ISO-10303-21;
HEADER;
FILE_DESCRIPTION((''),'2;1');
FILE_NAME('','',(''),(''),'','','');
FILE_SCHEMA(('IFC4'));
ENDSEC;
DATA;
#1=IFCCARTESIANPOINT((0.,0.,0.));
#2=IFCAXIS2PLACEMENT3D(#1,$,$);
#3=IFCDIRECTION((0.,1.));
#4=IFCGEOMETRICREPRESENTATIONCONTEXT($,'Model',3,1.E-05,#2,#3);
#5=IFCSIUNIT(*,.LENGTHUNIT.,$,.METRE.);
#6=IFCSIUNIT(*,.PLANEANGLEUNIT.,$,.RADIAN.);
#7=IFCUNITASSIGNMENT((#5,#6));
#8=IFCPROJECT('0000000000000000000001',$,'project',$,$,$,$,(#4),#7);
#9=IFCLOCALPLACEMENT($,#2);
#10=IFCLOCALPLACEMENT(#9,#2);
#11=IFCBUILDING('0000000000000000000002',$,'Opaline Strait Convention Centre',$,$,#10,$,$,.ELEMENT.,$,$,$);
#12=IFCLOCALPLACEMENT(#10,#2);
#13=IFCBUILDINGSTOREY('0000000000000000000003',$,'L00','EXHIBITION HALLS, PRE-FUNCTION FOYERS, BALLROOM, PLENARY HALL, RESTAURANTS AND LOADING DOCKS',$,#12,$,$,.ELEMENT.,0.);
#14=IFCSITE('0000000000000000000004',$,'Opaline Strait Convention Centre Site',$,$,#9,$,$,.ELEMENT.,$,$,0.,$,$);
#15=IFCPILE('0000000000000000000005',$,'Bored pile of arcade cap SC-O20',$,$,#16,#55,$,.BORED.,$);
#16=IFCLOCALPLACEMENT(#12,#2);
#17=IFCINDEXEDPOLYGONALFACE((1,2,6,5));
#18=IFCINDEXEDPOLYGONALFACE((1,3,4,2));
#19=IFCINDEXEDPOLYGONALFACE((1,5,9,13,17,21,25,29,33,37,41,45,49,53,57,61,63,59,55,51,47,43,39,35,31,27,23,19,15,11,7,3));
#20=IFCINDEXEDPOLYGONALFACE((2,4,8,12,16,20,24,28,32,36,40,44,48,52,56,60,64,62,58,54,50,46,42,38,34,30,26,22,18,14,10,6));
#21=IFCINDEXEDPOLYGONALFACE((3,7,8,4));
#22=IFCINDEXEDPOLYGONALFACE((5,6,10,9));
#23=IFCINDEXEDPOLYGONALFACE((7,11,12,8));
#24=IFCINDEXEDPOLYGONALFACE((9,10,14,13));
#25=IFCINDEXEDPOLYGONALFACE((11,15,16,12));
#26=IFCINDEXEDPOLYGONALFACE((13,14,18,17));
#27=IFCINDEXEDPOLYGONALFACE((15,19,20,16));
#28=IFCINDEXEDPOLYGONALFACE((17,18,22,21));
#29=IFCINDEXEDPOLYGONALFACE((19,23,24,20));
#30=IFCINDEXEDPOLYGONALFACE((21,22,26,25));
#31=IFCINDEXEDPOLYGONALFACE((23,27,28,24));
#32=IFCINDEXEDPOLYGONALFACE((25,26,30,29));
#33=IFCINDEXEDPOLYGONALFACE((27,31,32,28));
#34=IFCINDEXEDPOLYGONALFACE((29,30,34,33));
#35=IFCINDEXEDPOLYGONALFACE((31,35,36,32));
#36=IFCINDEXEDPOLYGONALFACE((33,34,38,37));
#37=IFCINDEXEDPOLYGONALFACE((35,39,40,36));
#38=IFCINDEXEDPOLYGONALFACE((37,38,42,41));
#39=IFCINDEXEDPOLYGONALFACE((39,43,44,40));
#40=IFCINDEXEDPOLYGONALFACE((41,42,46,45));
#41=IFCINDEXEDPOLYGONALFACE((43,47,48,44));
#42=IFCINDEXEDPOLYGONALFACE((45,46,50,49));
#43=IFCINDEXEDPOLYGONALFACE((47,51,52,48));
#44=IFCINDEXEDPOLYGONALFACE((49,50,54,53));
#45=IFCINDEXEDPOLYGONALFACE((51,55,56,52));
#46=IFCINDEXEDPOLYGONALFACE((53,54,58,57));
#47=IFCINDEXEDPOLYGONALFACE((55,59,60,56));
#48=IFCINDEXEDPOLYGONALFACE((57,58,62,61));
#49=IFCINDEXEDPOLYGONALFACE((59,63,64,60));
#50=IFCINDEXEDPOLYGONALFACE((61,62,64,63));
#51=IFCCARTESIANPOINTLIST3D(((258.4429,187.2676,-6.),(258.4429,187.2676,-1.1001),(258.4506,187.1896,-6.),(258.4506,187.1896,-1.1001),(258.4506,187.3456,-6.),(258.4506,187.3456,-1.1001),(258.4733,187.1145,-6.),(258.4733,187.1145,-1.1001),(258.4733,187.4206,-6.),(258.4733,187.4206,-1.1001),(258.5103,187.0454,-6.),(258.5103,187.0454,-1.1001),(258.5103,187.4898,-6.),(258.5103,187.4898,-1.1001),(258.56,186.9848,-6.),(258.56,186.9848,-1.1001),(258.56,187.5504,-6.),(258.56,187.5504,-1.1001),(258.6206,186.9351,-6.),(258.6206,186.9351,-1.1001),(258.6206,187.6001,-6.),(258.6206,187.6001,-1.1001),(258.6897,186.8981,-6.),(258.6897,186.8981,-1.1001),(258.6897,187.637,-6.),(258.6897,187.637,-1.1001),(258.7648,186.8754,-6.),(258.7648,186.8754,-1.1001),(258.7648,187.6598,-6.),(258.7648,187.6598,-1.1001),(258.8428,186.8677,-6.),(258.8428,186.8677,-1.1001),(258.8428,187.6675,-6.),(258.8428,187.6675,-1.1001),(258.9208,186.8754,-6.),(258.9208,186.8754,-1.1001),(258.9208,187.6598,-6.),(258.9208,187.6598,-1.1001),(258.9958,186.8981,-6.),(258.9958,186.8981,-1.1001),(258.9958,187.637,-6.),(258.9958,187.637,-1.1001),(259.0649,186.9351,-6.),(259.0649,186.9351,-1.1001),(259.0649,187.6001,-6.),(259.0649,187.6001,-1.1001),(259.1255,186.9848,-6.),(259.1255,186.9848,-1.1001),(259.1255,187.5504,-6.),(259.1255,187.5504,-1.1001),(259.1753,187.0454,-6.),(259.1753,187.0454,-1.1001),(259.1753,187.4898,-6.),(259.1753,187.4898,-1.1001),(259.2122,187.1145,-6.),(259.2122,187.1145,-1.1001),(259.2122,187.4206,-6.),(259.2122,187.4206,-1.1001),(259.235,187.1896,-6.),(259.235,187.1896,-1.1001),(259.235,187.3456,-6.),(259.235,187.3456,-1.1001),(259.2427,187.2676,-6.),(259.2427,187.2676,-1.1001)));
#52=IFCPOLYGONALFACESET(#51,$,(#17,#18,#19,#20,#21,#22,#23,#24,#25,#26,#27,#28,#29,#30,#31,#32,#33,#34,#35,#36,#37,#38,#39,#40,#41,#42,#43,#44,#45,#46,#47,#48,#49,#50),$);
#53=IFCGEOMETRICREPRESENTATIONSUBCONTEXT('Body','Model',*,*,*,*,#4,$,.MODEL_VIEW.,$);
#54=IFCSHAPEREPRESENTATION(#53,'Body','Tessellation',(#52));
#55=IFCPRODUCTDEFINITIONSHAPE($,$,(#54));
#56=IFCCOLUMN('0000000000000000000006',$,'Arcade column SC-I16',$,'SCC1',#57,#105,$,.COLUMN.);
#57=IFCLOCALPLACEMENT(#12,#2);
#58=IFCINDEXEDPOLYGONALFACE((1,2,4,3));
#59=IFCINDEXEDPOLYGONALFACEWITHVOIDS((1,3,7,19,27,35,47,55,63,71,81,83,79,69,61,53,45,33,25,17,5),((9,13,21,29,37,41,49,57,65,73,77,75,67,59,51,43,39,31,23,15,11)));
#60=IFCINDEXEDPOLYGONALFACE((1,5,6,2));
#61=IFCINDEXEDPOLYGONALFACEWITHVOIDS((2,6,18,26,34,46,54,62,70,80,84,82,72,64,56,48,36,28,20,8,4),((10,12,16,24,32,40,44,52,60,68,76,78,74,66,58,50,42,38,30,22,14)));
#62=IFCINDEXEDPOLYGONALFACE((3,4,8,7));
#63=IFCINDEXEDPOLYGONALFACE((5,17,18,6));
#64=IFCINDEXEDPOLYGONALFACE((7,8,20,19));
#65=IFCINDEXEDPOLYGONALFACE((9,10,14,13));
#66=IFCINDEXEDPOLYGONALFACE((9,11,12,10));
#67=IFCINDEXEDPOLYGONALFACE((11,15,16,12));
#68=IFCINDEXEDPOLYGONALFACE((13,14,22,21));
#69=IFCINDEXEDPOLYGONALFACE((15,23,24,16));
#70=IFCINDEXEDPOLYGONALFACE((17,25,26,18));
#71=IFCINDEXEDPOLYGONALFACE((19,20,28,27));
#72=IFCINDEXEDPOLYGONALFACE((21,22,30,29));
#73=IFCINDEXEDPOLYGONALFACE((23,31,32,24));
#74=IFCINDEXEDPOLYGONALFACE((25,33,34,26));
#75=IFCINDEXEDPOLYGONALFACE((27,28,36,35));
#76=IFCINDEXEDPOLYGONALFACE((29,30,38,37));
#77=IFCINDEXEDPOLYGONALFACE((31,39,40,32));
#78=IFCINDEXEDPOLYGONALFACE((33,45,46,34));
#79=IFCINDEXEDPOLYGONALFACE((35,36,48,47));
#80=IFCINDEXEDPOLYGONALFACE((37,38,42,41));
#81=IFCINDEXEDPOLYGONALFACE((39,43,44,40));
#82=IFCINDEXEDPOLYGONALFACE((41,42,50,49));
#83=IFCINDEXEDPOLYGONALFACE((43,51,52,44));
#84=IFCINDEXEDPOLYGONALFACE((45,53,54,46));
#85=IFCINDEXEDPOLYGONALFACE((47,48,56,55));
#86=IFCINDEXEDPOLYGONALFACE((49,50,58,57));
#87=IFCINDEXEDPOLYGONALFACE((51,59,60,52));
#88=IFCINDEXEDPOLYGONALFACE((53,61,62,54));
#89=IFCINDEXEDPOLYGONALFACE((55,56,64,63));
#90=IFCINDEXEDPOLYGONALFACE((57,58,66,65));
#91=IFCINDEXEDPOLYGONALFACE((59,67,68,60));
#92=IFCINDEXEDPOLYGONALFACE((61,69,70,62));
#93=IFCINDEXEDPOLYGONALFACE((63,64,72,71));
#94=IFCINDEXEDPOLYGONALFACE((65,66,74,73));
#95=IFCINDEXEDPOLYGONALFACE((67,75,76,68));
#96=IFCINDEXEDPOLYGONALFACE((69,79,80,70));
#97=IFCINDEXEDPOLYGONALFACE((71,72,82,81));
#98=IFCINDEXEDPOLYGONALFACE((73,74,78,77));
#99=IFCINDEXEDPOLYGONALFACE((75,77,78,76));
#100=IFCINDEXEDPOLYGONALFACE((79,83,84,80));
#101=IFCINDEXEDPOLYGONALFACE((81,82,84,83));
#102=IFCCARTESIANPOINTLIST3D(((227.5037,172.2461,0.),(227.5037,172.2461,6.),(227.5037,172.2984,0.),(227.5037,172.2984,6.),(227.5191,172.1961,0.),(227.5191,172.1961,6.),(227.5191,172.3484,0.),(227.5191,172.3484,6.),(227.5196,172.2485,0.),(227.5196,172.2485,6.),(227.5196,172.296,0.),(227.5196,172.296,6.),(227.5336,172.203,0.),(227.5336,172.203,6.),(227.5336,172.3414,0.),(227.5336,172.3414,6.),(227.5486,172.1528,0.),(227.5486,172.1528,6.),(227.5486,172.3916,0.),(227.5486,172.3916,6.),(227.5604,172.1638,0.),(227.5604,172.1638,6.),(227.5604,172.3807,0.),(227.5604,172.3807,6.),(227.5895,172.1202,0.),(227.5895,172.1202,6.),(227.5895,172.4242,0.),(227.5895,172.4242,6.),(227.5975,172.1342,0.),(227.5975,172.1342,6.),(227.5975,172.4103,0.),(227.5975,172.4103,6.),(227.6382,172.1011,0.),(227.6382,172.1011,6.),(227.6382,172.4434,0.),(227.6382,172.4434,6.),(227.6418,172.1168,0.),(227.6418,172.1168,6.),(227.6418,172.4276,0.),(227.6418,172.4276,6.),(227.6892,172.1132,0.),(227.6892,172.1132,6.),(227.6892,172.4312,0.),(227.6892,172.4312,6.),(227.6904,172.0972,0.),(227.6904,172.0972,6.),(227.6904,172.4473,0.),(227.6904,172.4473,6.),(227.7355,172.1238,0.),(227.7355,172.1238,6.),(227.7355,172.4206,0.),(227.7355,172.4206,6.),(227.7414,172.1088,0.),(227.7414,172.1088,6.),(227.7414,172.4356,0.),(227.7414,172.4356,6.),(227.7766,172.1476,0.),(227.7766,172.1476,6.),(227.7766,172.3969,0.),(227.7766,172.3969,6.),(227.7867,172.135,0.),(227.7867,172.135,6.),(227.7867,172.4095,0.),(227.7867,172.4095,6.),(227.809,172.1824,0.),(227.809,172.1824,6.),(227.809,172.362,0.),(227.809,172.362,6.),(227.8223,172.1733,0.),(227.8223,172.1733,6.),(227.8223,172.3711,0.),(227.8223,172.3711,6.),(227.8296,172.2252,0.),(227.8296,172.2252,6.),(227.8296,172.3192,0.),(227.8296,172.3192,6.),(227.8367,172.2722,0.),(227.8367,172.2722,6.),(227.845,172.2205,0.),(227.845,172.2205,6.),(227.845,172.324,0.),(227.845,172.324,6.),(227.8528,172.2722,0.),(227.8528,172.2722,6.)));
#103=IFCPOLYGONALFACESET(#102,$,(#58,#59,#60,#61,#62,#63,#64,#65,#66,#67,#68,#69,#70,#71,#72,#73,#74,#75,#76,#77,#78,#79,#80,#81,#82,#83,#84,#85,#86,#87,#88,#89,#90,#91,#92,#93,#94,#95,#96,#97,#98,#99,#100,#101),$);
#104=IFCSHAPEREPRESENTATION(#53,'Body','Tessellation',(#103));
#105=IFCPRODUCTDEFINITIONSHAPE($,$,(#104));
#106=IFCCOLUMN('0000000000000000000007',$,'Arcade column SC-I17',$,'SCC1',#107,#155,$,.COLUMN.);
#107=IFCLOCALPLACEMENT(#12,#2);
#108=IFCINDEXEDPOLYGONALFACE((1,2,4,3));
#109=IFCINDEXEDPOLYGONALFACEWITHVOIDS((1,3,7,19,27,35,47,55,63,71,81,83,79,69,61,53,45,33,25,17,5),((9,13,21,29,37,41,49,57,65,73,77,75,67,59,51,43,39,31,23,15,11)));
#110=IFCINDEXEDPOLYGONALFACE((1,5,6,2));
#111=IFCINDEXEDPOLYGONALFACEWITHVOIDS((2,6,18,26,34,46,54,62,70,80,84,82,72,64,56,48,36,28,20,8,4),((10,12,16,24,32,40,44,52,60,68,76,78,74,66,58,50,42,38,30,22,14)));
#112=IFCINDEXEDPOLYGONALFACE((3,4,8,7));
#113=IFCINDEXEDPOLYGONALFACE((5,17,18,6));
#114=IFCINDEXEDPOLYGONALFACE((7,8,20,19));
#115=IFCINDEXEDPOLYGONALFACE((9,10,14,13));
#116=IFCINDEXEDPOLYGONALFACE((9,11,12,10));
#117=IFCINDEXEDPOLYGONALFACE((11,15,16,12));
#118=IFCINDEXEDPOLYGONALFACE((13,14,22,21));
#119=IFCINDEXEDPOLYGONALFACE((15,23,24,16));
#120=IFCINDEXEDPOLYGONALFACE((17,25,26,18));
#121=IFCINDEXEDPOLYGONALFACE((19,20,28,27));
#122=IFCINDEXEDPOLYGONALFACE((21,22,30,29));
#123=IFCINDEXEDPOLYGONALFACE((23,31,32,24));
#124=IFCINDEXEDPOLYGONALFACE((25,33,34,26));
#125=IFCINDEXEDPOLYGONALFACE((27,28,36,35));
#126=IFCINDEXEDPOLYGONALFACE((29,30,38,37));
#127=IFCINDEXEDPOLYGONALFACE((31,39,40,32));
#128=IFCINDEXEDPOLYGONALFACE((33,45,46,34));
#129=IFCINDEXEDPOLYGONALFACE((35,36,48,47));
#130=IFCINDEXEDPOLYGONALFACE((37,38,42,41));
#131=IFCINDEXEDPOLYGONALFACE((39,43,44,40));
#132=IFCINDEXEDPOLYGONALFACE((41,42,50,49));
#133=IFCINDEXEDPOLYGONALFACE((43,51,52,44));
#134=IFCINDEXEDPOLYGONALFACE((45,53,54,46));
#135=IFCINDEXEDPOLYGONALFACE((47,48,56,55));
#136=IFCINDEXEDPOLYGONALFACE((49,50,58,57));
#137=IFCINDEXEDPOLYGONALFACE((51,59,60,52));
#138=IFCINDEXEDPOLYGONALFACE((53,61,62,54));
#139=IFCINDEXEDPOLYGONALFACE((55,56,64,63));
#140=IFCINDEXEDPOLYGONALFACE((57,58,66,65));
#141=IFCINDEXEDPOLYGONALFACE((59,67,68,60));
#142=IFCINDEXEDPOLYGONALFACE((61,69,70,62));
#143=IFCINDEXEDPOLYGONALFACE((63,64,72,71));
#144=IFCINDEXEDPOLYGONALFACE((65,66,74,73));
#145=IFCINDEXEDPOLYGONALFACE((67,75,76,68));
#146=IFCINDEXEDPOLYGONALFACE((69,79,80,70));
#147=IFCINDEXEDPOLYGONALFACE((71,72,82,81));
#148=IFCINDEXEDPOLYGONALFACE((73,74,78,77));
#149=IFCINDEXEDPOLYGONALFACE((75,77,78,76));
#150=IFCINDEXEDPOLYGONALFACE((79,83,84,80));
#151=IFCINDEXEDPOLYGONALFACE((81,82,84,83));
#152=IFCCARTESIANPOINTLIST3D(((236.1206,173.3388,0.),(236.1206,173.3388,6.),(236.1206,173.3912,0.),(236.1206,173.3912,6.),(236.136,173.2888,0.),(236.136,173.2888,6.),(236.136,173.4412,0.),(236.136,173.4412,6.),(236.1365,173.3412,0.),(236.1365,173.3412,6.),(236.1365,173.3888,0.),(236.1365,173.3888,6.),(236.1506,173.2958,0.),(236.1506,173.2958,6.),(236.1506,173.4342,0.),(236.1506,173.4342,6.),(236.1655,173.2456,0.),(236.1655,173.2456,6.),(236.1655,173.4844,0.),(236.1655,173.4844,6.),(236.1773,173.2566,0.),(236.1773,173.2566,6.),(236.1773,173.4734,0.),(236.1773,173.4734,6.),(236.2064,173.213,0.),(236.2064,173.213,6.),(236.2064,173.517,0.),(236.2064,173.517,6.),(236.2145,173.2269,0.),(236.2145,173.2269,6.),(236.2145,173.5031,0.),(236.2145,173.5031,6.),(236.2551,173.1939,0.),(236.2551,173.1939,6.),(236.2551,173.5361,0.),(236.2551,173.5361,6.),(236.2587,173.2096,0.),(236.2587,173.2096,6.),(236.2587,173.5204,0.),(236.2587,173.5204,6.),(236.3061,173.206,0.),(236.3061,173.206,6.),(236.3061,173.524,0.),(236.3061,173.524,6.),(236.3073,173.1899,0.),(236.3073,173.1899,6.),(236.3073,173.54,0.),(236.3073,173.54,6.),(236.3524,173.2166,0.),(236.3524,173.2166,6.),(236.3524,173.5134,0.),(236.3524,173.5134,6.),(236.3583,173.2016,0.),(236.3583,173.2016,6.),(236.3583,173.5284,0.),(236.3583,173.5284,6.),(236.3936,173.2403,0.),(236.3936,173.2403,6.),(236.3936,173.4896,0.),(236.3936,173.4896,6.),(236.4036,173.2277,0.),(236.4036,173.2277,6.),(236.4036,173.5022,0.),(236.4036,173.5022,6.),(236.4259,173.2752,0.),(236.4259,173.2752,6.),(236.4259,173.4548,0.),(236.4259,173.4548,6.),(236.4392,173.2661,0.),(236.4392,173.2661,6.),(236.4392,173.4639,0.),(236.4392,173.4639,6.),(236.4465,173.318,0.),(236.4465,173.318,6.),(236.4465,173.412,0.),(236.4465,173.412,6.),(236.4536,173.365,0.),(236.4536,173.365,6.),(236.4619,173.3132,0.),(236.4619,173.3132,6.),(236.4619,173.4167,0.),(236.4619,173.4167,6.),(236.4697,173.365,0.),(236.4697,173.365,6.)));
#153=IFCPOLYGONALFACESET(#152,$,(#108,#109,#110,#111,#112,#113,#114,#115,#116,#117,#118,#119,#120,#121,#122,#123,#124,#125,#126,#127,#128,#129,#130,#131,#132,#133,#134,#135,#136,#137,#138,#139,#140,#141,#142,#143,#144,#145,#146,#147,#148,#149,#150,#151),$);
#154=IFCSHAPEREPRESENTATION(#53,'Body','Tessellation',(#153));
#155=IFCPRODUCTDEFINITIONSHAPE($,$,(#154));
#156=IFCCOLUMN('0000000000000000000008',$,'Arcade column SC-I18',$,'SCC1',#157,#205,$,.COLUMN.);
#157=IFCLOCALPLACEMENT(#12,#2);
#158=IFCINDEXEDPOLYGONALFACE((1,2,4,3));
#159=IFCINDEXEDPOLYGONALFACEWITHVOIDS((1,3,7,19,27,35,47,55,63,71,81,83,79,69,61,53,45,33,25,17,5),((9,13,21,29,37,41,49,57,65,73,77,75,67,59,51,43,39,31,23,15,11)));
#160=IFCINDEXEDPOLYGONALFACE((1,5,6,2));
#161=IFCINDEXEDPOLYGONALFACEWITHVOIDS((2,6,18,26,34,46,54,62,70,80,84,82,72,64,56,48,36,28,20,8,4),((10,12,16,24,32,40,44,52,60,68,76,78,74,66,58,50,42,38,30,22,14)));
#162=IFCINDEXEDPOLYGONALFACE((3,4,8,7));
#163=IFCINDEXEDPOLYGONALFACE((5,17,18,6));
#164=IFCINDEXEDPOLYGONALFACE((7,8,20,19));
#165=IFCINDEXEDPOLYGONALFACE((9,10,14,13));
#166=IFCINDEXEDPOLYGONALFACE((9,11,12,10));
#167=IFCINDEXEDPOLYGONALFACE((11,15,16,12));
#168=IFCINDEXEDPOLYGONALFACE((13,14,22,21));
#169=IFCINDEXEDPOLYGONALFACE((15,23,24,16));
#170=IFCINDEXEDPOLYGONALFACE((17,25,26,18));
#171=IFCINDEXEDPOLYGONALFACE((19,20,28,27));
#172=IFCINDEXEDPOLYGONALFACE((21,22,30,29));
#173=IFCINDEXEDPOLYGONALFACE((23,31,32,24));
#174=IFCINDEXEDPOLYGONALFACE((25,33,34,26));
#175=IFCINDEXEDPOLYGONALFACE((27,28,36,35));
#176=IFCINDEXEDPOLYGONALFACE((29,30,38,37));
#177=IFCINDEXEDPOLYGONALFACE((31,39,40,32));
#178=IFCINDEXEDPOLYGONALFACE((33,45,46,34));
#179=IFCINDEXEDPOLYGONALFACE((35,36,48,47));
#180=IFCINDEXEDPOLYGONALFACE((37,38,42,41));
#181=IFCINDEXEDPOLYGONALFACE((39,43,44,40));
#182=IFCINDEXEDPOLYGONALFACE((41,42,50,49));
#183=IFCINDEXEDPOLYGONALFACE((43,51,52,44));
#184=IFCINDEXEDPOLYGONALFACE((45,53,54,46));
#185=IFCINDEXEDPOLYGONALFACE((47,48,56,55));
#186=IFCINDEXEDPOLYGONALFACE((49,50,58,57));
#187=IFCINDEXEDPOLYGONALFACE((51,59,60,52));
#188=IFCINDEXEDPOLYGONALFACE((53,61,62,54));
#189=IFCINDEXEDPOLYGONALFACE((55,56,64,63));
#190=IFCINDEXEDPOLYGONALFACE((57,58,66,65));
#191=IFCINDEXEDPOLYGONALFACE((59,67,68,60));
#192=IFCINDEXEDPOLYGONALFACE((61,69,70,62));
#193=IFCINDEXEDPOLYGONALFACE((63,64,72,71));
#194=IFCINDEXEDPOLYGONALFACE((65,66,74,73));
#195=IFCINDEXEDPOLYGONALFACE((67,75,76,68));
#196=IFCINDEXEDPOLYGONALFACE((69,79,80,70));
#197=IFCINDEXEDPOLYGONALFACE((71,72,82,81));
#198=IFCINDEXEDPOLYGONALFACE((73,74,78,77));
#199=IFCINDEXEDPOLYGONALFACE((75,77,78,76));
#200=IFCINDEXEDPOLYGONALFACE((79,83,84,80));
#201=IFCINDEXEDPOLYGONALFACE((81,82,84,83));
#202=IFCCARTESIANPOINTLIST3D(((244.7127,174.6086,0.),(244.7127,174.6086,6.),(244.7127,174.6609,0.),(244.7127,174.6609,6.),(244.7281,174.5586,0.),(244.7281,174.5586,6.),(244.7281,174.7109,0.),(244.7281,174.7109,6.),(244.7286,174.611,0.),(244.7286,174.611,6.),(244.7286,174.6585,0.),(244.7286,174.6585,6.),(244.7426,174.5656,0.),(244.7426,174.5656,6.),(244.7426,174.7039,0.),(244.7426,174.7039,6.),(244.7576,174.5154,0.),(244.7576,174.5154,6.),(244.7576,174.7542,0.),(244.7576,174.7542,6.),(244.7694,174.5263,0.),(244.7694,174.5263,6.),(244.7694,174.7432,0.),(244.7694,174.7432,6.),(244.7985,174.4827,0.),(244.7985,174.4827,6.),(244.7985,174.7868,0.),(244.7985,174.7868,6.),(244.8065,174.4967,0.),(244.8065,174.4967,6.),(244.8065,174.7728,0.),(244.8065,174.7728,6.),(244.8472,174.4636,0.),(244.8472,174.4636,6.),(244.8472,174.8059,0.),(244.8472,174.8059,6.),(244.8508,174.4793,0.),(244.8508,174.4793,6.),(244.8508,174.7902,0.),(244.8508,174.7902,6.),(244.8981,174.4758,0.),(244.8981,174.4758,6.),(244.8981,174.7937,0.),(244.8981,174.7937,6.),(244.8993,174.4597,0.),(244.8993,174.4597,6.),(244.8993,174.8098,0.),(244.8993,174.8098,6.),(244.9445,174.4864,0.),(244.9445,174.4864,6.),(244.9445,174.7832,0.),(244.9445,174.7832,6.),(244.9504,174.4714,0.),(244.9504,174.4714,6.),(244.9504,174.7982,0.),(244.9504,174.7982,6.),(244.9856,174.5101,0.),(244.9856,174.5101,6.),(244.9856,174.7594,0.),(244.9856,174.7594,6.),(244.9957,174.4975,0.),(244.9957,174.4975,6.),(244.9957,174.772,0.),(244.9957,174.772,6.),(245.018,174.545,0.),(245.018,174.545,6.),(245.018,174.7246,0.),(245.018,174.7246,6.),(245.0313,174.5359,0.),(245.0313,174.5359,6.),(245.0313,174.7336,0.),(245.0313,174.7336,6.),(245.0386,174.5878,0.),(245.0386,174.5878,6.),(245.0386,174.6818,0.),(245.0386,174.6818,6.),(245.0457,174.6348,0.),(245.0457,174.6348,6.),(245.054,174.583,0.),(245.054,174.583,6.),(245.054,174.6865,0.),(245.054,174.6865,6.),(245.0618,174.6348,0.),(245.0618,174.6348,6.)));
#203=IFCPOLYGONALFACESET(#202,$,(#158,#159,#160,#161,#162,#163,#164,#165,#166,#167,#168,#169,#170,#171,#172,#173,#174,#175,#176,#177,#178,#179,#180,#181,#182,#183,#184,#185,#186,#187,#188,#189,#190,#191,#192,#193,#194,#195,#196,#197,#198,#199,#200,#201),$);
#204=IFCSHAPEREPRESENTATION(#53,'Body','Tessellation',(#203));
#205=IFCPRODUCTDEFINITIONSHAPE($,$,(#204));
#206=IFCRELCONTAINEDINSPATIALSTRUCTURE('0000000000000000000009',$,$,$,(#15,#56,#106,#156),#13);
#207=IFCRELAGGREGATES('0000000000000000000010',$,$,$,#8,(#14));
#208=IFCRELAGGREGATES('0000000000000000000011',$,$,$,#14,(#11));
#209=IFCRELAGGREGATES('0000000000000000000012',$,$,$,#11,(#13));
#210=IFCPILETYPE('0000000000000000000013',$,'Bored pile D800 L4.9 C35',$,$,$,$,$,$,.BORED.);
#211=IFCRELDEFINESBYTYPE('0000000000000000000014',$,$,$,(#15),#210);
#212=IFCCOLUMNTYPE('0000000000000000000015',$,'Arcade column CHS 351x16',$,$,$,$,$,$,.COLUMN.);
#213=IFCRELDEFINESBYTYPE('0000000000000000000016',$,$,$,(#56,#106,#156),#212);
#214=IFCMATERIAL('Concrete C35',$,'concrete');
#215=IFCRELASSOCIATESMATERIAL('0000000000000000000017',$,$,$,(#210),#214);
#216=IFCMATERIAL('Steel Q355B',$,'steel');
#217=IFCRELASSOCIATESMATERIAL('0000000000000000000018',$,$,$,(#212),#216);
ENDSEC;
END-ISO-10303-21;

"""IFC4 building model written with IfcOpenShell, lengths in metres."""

from ifc_helpers import new_model, si_unit, direction, frame, origin, origin_2d, place, context, subcontext, project, spatial, circle, hollow_circle, extrude, material, material_profile, profile_set, type_object, element, save


model = new_model("IFC4")

# Units and contexts
model_context = context("Model", 3, precision=1e-05, world=origin(), true_north=direction((0.0, 1.0)))
body_context = subcontext(model_context, "Body", "Model", "MODEL_VIEW")
ifc_project = project(units=[si_unit("LENGTHUNIT", "METRE"), si_unit("PLANEANGLEUNIT", "RADIAN")], contexts=[model_context])

# Site, building, storey
site_placement = place(None, origin())
site = spatial("IfcSite", under=ifc_project, at=site_placement, Name="Opaline Strait Convention Centre Site", CompositionType="ELEMENT", RefElevation=0.0)
building_placement = place(site_placement, origin())
building = spatial("IfcBuilding", under=site, at=building_placement, Name="Opaline Strait Convention Centre", CompositionType="ELEMENT")
storey_placement = place(building_placement, origin())
storey = spatial("IfcBuildingStorey", under=building, at=storey_placement, Name="L00", Description="EXHIBITION HALLS, PRE-FUNCTION FOYERS, BALLROOM, PLENARY HALL, RESTAURANTS AND LOADING DOCKS", CompositionType="ELEMENT", Elevation=0.0)

# Pile
ifc_material_1 = material(Name="Concrete C35", Category="concrete")
ifc_material_profile_1 = material_profile(ifc_material_1, circle(Radius=0.3999, at=origin_2d()), Name="D800")
ifc_profile_set_1 = profile_set([ifc_material_profile_1], Name="Concrete C35")
pile_type_1 = type_object("IfcPileType", Name="Bored pile D800 L4.9 C35", PredefinedType="BORED", material=ifc_profile_set_1)
for number, where, z_axis, x_axis, name in (
    (1, (258.8428, 187.2676, -1.1001), (0.0, 0.0, -1.0), (1.0, 0.0, 0.0), "Bored pile of arcade cap SC-O20"),
):
    element("IfcPile", number, at=place(storey_placement, frame(where, z_axis=z_axis, x_axis=x_axis)), inside=storey, type_object=pile_type_1, Name=name, PredefinedType="BORED", context=body_context, shape_type="SweptSolid", body=[
        extrude(circle(Radius=0.3999, at=origin_2d()), origin(), (0.0, 0.0, 1.0), 4.8999),
    ])

# Columns
ifc_material_2 = material(Name="Steel Q355B", Category="steel")
ifc_material_profile_2 = material_profile(ifc_material_2, hollow_circle(Radius=0.1755, WallThickness=0.0161, at=origin_2d()), Name="CHS 351x16")
ifc_profile_set_2 = profile_set([ifc_material_profile_2], Name="Steel Q355B")
column_type = type_object("IfcColumnType", Name="Arcade column CHS 351x16", PredefinedType="COLUMN", material=ifc_profile_set_2)
for number, where, z_axis, x_axis, name in (
    (2, (227.6772, 172.2722, 0.0), (0.0, 0.0, 1.0), (1.0, 0.0, 0.0), "Arcade column SC-I16"),
    (3, (236.2942, 173.365, 0.0), (0.0, 0.0, 1.0), (1.0, 0.0, 0.0), "Arcade column SC-I17"),
    (4, (244.8862, 174.6348, 0.0), (0.0, 0.0, 1.0), (1.0, 0.0, 0.0), "Arcade column SC-I18"),
):
    element("IfcColumn", number, at=place(storey_placement, frame(where, z_axis=z_axis, x_axis=x_axis)), inside=storey, type_object=column_type, Name=name, ObjectType="SCC1", PredefinedType="COLUMN", context=body_context, shape_type="SweptSolid", body=[
        extrude(hollow_circle(Radius=0.1755, WallThickness=0.0161, at=origin_2d()), origin(), (0.0, 0.0, 1.0), 6.0),
    ])

save(model, "model.ifc")
